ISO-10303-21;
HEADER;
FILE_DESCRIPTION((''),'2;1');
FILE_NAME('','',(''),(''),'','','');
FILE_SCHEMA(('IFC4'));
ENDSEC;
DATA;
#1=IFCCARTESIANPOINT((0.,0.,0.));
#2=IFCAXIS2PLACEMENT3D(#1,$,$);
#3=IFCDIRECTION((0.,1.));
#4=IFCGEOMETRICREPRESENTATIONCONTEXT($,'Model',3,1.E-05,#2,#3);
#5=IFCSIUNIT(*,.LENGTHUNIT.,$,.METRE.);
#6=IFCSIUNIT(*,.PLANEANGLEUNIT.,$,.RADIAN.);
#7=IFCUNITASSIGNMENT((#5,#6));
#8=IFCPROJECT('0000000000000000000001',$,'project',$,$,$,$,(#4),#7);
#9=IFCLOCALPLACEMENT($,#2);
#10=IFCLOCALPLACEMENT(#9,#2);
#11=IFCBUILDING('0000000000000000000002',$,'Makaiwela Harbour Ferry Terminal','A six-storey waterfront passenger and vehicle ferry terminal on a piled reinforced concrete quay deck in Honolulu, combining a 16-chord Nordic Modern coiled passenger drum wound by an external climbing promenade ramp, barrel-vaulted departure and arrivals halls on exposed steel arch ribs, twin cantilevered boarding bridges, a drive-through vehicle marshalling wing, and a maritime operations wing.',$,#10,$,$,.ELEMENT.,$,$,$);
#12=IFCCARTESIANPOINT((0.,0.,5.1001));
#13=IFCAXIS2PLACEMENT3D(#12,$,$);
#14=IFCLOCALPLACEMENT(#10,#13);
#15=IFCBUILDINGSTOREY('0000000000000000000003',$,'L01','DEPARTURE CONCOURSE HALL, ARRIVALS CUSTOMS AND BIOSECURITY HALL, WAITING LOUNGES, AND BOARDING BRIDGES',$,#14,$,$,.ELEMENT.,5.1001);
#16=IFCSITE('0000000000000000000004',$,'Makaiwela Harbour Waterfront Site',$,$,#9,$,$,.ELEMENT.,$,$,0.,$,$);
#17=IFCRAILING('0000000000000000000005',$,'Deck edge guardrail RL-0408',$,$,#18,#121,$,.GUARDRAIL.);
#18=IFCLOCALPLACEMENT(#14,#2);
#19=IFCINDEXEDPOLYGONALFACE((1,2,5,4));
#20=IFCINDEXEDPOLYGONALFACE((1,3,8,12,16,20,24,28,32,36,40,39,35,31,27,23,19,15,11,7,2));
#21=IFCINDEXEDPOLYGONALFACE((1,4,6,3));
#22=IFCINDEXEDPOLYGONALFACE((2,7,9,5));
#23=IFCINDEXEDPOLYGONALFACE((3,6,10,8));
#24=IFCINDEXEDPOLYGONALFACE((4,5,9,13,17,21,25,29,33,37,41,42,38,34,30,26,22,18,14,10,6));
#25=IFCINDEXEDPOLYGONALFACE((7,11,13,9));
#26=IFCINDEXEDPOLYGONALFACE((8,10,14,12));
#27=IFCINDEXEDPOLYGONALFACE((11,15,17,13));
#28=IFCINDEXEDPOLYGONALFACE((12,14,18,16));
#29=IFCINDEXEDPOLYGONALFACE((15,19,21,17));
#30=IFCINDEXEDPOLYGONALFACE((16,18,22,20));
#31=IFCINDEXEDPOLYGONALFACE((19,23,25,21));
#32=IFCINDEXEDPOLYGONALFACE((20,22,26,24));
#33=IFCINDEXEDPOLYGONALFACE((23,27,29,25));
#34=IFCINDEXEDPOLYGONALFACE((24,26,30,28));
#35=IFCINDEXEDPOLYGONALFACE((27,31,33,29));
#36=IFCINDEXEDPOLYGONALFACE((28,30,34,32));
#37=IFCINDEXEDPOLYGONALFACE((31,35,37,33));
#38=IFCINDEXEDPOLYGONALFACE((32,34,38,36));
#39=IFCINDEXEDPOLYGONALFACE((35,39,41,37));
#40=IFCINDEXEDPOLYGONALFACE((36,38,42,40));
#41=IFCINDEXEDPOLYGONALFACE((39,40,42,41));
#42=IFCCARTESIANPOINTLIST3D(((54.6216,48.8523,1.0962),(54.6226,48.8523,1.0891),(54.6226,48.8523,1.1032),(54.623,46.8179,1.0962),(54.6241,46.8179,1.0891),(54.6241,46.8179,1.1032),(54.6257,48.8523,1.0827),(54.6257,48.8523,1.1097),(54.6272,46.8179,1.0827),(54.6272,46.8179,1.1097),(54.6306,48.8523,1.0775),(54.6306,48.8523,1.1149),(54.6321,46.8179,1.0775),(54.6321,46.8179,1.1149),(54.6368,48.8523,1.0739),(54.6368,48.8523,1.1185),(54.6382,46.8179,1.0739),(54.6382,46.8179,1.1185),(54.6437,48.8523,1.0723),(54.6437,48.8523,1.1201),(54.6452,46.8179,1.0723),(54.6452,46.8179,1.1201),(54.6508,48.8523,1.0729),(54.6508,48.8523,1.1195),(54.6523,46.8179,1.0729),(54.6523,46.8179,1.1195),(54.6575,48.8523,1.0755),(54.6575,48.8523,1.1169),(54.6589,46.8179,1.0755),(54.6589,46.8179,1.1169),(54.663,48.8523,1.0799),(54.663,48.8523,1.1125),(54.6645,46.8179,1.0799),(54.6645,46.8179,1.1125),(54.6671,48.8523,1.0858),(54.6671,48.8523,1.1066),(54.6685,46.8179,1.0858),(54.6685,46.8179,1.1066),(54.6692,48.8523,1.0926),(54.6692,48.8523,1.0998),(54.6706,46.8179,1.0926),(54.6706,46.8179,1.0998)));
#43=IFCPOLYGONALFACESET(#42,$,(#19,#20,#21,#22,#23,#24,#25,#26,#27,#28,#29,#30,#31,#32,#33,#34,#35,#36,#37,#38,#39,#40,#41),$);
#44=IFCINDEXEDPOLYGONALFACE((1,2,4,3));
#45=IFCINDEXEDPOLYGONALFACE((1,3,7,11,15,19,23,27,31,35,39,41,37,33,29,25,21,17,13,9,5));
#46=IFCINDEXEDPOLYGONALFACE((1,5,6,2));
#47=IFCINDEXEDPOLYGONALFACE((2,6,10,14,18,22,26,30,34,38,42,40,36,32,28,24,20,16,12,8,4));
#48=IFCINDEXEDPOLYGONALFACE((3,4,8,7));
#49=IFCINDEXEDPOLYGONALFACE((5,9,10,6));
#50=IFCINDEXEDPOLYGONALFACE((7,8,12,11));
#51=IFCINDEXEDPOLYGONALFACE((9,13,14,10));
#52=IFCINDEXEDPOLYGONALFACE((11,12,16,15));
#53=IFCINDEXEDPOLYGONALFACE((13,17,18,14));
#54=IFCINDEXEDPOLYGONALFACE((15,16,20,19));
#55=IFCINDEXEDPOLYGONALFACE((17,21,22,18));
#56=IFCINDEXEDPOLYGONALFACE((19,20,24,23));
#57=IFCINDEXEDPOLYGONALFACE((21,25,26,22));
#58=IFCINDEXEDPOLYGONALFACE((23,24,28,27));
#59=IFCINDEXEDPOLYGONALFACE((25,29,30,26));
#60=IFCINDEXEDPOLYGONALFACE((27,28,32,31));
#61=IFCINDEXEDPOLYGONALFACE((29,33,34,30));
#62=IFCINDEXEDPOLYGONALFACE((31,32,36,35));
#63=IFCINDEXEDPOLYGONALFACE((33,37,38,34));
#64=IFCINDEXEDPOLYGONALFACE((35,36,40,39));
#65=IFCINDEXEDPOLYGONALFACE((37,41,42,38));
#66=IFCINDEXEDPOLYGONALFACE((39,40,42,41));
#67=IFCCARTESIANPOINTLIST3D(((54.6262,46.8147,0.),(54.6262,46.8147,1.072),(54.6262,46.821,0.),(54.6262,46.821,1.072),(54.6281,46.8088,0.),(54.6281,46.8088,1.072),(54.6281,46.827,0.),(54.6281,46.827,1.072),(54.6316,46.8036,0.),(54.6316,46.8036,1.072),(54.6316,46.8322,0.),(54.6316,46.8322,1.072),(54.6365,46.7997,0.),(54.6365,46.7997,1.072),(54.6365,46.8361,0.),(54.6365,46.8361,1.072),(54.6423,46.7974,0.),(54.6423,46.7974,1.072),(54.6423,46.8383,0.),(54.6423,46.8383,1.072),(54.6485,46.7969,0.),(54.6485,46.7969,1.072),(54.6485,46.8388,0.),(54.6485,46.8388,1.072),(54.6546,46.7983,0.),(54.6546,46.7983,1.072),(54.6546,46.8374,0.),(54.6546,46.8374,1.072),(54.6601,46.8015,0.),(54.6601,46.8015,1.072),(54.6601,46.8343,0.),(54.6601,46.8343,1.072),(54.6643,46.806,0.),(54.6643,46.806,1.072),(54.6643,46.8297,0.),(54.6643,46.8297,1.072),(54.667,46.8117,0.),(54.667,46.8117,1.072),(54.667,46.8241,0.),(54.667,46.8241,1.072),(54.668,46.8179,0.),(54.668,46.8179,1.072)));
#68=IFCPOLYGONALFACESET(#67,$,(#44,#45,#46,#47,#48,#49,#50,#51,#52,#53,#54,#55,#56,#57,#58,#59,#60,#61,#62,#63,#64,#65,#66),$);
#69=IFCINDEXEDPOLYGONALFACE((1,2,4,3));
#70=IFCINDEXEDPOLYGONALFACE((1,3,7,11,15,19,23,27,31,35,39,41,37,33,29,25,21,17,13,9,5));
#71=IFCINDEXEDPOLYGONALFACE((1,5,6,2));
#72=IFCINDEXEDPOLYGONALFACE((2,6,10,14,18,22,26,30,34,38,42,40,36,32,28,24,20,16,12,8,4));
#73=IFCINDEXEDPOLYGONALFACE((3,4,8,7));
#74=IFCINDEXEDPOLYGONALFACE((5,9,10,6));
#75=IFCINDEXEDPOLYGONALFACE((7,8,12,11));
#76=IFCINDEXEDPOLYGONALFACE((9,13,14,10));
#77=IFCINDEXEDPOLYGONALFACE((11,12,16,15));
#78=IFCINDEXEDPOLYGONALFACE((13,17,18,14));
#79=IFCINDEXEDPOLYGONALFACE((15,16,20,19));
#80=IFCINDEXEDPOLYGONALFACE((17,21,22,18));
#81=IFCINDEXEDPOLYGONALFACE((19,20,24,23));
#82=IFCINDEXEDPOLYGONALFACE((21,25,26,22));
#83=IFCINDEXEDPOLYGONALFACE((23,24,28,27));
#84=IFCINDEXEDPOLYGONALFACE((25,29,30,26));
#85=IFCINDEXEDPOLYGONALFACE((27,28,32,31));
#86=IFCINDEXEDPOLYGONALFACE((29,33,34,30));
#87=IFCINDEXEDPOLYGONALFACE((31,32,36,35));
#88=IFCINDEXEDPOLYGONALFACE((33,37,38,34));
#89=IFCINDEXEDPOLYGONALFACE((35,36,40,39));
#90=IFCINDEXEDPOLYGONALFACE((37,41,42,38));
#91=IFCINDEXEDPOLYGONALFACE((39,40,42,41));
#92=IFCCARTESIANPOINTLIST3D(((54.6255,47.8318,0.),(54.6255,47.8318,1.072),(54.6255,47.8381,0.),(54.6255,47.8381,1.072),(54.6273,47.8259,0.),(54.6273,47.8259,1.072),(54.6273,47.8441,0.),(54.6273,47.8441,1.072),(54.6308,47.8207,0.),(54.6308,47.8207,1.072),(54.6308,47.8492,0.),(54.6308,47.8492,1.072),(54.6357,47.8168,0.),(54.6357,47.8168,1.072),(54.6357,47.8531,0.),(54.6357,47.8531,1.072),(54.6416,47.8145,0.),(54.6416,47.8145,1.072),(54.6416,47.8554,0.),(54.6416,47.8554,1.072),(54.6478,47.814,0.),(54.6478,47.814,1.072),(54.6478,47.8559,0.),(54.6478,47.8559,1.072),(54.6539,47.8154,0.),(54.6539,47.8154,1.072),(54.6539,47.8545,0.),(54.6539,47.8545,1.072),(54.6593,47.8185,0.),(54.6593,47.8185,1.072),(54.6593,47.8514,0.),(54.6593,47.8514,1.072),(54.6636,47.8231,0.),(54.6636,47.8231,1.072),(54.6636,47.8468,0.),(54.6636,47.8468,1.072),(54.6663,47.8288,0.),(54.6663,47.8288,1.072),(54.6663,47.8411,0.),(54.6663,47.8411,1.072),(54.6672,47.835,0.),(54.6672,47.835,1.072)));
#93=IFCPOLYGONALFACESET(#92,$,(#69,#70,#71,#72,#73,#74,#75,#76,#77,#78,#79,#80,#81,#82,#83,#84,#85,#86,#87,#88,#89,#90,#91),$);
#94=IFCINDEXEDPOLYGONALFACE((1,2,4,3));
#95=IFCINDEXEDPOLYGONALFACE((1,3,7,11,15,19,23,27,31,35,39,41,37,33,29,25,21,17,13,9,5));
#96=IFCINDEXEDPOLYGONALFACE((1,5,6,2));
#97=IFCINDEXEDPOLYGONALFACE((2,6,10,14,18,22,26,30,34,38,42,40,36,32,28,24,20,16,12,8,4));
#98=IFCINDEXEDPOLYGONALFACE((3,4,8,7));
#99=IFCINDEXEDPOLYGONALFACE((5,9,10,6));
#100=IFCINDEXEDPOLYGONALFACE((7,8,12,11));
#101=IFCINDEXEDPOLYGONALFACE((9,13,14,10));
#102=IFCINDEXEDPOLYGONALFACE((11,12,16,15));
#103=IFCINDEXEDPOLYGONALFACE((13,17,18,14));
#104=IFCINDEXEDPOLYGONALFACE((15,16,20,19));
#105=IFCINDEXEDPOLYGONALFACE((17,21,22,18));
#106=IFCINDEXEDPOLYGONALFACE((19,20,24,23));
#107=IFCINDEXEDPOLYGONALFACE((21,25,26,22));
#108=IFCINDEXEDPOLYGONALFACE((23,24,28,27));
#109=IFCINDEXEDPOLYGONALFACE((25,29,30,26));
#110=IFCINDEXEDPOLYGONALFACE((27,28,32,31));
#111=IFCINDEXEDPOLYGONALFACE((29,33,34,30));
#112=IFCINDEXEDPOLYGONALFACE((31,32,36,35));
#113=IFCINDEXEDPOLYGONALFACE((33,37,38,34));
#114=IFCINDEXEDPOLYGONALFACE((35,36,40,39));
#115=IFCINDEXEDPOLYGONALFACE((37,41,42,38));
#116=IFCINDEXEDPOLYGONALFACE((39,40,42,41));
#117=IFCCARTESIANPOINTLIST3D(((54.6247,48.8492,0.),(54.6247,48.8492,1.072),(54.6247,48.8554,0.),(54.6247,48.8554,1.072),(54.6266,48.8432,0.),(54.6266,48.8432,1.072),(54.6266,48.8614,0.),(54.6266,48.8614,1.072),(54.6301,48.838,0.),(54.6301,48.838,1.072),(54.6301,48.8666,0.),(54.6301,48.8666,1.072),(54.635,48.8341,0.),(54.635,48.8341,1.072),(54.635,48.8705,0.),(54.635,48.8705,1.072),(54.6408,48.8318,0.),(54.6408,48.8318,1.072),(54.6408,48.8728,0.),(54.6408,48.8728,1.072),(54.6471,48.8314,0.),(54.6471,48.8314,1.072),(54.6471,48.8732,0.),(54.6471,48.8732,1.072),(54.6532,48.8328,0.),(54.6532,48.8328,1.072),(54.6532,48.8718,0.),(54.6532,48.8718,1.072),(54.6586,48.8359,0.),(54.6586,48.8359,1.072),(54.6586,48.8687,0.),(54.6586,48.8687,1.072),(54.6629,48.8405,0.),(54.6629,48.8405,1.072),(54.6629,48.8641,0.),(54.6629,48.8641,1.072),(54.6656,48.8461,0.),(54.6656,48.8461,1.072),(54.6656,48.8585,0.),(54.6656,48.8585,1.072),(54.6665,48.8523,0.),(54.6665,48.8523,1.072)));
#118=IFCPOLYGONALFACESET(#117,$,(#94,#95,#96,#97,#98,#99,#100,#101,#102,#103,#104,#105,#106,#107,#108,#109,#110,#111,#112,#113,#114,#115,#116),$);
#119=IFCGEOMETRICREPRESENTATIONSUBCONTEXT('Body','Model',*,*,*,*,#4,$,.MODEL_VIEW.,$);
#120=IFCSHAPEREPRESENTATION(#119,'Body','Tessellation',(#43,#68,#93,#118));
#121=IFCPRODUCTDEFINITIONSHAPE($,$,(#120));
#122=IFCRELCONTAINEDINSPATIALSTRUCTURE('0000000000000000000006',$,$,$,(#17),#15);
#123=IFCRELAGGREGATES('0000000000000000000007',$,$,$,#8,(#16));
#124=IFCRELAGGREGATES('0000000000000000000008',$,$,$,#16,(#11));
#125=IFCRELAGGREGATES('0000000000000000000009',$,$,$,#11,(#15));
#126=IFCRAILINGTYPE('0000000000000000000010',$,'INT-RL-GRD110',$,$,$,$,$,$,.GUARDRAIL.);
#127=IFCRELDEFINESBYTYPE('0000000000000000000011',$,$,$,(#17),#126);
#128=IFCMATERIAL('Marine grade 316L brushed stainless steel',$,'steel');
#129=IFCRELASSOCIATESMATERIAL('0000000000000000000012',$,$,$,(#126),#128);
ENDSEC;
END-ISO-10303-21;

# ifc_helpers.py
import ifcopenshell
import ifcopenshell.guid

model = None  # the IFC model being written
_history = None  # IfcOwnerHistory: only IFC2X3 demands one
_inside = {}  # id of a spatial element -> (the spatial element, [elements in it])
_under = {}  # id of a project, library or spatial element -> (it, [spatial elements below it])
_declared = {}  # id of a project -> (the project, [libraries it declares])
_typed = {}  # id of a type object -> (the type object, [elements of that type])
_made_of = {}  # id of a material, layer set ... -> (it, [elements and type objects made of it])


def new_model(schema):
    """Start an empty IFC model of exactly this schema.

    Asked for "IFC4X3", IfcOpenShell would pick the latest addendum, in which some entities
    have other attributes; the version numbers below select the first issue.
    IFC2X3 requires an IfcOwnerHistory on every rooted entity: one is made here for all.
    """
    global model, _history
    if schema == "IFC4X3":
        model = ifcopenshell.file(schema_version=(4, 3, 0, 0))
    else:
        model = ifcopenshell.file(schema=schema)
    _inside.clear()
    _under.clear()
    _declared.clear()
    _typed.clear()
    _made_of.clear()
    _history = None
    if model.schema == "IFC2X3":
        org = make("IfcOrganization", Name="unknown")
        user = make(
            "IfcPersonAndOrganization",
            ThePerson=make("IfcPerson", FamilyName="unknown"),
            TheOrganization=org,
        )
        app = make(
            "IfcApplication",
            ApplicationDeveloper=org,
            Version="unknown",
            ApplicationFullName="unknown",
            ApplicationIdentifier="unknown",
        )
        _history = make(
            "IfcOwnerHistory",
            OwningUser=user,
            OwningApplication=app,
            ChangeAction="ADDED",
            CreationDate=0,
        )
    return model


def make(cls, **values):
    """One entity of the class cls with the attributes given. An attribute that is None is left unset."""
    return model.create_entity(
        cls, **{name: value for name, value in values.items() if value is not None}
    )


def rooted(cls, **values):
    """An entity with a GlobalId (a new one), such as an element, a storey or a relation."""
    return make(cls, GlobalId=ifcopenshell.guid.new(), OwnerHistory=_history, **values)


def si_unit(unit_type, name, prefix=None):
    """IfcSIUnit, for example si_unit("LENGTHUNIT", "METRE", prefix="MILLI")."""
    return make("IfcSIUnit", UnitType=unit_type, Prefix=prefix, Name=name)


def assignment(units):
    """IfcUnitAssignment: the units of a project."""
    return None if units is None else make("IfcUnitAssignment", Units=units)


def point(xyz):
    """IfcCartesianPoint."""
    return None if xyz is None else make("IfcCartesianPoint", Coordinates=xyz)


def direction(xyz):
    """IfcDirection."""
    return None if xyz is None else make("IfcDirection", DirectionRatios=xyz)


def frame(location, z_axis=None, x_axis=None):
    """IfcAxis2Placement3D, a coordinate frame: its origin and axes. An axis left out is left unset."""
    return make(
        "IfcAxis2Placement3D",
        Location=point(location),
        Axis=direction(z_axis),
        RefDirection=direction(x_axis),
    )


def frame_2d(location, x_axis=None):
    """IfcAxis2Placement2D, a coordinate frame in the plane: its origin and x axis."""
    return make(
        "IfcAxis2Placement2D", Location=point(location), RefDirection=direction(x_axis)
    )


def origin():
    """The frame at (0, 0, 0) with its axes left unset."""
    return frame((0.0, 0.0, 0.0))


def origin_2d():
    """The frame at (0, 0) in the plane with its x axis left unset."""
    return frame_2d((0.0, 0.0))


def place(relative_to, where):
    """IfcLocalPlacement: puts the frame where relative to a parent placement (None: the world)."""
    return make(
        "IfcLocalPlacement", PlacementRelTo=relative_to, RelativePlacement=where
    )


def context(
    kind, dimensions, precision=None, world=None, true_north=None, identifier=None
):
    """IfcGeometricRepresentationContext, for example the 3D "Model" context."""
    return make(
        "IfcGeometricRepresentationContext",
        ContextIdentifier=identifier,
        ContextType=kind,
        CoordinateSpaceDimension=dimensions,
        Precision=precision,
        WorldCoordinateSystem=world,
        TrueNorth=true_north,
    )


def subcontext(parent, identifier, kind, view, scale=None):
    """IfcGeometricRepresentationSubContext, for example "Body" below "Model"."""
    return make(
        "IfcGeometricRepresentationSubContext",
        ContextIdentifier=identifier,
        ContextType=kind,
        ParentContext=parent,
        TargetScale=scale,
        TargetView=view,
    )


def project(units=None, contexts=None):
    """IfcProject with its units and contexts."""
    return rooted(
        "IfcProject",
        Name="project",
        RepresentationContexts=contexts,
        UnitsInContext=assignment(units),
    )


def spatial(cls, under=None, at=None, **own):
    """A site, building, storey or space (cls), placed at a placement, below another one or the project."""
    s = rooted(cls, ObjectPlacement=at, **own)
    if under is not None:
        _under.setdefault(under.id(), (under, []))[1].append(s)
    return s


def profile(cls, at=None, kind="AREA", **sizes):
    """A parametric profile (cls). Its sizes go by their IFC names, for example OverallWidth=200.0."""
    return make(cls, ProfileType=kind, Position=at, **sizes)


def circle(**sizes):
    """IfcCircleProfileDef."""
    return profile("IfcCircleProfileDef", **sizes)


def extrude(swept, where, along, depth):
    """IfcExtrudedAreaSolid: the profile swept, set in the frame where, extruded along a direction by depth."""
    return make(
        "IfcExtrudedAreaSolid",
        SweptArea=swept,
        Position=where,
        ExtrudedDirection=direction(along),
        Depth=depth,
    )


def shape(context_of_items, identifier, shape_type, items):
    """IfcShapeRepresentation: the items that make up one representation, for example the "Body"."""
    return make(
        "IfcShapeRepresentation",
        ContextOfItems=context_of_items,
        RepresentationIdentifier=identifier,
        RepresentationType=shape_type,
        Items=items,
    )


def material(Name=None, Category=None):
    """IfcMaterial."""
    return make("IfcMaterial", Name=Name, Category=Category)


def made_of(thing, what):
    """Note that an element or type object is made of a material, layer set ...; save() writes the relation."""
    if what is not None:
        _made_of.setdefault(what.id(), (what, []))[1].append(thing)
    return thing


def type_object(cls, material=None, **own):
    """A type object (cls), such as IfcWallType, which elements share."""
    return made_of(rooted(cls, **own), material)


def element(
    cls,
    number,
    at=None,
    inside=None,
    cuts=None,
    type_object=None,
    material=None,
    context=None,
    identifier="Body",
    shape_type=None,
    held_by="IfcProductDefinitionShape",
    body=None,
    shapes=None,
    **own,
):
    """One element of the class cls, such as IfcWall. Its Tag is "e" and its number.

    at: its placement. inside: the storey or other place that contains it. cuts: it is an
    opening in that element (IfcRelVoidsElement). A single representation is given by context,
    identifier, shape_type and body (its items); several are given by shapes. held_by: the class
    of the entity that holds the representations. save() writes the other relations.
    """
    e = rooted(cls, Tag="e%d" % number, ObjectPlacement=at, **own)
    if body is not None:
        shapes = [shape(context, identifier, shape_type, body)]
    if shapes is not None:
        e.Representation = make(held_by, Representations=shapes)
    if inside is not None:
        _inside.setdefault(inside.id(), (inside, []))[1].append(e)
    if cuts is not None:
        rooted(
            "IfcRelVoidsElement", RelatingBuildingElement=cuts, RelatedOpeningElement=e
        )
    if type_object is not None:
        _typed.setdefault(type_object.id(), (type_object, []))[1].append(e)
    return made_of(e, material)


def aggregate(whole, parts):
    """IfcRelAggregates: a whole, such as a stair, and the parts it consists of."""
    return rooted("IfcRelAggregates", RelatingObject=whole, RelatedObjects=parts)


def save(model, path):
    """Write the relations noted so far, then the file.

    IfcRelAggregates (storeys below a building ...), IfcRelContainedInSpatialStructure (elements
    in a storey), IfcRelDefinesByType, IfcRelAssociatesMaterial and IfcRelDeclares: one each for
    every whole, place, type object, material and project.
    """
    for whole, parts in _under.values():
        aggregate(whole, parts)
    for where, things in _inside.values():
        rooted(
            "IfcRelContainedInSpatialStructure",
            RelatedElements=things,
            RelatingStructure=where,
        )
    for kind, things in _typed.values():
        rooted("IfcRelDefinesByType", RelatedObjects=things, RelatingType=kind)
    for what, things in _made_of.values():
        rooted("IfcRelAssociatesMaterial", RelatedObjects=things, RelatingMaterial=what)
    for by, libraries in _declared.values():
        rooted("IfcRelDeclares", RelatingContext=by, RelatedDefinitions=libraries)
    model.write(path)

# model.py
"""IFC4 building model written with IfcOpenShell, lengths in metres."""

from ifc_helpers import new_model, si_unit, direction, frame, origin, origin_2d, place, context, subcontext, project, spatial, circle, extrude, material, type_object, element, save


model = new_model("IFC4")

# Units and contexts
model_context = context("Model", 3, precision=1e-05, world=origin(), true_north=direction((0.0, 1.0)))
body_context = subcontext(model_context, "Body", "Model", "MODEL_VIEW")
ifc_project = project(units=[si_unit("LENGTHUNIT", "METRE"), si_unit("PLANEANGLEUNIT", "RADIAN")], contexts=[model_context])

# Site, building, storey
site_placement = place(None, origin())
site = spatial("IfcSite", under=ifc_project, at=site_placement, Name="Makaiwela Harbour Waterfront Site", CompositionType="ELEMENT", RefElevation=0.0)
building_placement = place(site_placement, origin())
building = spatial("IfcBuilding", under=site, at=building_placement, Name="Makaiwela Harbour Ferry Terminal", Description="A six-storey waterfront passenger and vehicle ferry terminal on a piled reinforced concrete quay deck in Honolulu, combining a 16-chord Nordic Modern coiled passenger drum wound by an external climbing promenade ramp, barrel-vaulted departure and arrivals halls on exposed steel arch ribs, twin cantilevered boarding bridges, a drive-through vehicle marshalling wing, and a maritime operations wing.", CompositionType="ELEMENT")
storey_placement = place(building_placement, frame((0.0, 0.0, 5.1001)))
storey = spatial("IfcBuildingStorey", under=building, at=storey_placement, Name="L01", Description="DEPARTURE CONCOURSE HALL, ARRIVALS CUSTOMS AND BIOSECURITY HALL, WAITING LOUNGES, AND BOARDING BRIDGES", CompositionType="ELEMENT", Elevation=5.1001)

# Railing
ifc_material_1 = material(Name="Marine grade 316L brushed stainless steel", Category="steel")
railing_type = type_object("IfcRailingType", Name="INT-RL-GRD110", PredefinedType="GUARDRAIL", material=ifc_material_1)
railing_1_placement = place(storey_placement, frame((54.647, 46.8179, 0.0)))
element("IfcRailing", 1, at=railing_1_placement, inside=storey, type_object=railing_type, Name="Deck edge guardrail RL-0408", PredefinedType="GUARDRAIL", context=body_context, shape_type="SweptSolid", body=[
    extrude(circle(Radius=0.0239, at=origin_2d()), frame((0.0, 0.0, 1.0962), z_axis=(-0.00072, 1.0, 0.0), x_axis=(-1.0, -0.00072, 0.0)), (0.0, 0.0, 1.0), 2.0344),
    extrude(circle(Radius=0.021, at=origin_2d()), origin(), (0.0, 0.0, 1.0), 1.072),
    extrude(circle(Radius=0.021, at=origin_2d()), frame((-0.0007, 1.0171, 0.0)), (0.0, 0.0, 1.0), 1.072),
    extrude(circle(Radius=0.021, at=origin_2d()), frame((-0.0015, 2.0344, 0.0)), (0.0, 0.0, 1.0), 1.072),
])

save(model, "model.ifc")
